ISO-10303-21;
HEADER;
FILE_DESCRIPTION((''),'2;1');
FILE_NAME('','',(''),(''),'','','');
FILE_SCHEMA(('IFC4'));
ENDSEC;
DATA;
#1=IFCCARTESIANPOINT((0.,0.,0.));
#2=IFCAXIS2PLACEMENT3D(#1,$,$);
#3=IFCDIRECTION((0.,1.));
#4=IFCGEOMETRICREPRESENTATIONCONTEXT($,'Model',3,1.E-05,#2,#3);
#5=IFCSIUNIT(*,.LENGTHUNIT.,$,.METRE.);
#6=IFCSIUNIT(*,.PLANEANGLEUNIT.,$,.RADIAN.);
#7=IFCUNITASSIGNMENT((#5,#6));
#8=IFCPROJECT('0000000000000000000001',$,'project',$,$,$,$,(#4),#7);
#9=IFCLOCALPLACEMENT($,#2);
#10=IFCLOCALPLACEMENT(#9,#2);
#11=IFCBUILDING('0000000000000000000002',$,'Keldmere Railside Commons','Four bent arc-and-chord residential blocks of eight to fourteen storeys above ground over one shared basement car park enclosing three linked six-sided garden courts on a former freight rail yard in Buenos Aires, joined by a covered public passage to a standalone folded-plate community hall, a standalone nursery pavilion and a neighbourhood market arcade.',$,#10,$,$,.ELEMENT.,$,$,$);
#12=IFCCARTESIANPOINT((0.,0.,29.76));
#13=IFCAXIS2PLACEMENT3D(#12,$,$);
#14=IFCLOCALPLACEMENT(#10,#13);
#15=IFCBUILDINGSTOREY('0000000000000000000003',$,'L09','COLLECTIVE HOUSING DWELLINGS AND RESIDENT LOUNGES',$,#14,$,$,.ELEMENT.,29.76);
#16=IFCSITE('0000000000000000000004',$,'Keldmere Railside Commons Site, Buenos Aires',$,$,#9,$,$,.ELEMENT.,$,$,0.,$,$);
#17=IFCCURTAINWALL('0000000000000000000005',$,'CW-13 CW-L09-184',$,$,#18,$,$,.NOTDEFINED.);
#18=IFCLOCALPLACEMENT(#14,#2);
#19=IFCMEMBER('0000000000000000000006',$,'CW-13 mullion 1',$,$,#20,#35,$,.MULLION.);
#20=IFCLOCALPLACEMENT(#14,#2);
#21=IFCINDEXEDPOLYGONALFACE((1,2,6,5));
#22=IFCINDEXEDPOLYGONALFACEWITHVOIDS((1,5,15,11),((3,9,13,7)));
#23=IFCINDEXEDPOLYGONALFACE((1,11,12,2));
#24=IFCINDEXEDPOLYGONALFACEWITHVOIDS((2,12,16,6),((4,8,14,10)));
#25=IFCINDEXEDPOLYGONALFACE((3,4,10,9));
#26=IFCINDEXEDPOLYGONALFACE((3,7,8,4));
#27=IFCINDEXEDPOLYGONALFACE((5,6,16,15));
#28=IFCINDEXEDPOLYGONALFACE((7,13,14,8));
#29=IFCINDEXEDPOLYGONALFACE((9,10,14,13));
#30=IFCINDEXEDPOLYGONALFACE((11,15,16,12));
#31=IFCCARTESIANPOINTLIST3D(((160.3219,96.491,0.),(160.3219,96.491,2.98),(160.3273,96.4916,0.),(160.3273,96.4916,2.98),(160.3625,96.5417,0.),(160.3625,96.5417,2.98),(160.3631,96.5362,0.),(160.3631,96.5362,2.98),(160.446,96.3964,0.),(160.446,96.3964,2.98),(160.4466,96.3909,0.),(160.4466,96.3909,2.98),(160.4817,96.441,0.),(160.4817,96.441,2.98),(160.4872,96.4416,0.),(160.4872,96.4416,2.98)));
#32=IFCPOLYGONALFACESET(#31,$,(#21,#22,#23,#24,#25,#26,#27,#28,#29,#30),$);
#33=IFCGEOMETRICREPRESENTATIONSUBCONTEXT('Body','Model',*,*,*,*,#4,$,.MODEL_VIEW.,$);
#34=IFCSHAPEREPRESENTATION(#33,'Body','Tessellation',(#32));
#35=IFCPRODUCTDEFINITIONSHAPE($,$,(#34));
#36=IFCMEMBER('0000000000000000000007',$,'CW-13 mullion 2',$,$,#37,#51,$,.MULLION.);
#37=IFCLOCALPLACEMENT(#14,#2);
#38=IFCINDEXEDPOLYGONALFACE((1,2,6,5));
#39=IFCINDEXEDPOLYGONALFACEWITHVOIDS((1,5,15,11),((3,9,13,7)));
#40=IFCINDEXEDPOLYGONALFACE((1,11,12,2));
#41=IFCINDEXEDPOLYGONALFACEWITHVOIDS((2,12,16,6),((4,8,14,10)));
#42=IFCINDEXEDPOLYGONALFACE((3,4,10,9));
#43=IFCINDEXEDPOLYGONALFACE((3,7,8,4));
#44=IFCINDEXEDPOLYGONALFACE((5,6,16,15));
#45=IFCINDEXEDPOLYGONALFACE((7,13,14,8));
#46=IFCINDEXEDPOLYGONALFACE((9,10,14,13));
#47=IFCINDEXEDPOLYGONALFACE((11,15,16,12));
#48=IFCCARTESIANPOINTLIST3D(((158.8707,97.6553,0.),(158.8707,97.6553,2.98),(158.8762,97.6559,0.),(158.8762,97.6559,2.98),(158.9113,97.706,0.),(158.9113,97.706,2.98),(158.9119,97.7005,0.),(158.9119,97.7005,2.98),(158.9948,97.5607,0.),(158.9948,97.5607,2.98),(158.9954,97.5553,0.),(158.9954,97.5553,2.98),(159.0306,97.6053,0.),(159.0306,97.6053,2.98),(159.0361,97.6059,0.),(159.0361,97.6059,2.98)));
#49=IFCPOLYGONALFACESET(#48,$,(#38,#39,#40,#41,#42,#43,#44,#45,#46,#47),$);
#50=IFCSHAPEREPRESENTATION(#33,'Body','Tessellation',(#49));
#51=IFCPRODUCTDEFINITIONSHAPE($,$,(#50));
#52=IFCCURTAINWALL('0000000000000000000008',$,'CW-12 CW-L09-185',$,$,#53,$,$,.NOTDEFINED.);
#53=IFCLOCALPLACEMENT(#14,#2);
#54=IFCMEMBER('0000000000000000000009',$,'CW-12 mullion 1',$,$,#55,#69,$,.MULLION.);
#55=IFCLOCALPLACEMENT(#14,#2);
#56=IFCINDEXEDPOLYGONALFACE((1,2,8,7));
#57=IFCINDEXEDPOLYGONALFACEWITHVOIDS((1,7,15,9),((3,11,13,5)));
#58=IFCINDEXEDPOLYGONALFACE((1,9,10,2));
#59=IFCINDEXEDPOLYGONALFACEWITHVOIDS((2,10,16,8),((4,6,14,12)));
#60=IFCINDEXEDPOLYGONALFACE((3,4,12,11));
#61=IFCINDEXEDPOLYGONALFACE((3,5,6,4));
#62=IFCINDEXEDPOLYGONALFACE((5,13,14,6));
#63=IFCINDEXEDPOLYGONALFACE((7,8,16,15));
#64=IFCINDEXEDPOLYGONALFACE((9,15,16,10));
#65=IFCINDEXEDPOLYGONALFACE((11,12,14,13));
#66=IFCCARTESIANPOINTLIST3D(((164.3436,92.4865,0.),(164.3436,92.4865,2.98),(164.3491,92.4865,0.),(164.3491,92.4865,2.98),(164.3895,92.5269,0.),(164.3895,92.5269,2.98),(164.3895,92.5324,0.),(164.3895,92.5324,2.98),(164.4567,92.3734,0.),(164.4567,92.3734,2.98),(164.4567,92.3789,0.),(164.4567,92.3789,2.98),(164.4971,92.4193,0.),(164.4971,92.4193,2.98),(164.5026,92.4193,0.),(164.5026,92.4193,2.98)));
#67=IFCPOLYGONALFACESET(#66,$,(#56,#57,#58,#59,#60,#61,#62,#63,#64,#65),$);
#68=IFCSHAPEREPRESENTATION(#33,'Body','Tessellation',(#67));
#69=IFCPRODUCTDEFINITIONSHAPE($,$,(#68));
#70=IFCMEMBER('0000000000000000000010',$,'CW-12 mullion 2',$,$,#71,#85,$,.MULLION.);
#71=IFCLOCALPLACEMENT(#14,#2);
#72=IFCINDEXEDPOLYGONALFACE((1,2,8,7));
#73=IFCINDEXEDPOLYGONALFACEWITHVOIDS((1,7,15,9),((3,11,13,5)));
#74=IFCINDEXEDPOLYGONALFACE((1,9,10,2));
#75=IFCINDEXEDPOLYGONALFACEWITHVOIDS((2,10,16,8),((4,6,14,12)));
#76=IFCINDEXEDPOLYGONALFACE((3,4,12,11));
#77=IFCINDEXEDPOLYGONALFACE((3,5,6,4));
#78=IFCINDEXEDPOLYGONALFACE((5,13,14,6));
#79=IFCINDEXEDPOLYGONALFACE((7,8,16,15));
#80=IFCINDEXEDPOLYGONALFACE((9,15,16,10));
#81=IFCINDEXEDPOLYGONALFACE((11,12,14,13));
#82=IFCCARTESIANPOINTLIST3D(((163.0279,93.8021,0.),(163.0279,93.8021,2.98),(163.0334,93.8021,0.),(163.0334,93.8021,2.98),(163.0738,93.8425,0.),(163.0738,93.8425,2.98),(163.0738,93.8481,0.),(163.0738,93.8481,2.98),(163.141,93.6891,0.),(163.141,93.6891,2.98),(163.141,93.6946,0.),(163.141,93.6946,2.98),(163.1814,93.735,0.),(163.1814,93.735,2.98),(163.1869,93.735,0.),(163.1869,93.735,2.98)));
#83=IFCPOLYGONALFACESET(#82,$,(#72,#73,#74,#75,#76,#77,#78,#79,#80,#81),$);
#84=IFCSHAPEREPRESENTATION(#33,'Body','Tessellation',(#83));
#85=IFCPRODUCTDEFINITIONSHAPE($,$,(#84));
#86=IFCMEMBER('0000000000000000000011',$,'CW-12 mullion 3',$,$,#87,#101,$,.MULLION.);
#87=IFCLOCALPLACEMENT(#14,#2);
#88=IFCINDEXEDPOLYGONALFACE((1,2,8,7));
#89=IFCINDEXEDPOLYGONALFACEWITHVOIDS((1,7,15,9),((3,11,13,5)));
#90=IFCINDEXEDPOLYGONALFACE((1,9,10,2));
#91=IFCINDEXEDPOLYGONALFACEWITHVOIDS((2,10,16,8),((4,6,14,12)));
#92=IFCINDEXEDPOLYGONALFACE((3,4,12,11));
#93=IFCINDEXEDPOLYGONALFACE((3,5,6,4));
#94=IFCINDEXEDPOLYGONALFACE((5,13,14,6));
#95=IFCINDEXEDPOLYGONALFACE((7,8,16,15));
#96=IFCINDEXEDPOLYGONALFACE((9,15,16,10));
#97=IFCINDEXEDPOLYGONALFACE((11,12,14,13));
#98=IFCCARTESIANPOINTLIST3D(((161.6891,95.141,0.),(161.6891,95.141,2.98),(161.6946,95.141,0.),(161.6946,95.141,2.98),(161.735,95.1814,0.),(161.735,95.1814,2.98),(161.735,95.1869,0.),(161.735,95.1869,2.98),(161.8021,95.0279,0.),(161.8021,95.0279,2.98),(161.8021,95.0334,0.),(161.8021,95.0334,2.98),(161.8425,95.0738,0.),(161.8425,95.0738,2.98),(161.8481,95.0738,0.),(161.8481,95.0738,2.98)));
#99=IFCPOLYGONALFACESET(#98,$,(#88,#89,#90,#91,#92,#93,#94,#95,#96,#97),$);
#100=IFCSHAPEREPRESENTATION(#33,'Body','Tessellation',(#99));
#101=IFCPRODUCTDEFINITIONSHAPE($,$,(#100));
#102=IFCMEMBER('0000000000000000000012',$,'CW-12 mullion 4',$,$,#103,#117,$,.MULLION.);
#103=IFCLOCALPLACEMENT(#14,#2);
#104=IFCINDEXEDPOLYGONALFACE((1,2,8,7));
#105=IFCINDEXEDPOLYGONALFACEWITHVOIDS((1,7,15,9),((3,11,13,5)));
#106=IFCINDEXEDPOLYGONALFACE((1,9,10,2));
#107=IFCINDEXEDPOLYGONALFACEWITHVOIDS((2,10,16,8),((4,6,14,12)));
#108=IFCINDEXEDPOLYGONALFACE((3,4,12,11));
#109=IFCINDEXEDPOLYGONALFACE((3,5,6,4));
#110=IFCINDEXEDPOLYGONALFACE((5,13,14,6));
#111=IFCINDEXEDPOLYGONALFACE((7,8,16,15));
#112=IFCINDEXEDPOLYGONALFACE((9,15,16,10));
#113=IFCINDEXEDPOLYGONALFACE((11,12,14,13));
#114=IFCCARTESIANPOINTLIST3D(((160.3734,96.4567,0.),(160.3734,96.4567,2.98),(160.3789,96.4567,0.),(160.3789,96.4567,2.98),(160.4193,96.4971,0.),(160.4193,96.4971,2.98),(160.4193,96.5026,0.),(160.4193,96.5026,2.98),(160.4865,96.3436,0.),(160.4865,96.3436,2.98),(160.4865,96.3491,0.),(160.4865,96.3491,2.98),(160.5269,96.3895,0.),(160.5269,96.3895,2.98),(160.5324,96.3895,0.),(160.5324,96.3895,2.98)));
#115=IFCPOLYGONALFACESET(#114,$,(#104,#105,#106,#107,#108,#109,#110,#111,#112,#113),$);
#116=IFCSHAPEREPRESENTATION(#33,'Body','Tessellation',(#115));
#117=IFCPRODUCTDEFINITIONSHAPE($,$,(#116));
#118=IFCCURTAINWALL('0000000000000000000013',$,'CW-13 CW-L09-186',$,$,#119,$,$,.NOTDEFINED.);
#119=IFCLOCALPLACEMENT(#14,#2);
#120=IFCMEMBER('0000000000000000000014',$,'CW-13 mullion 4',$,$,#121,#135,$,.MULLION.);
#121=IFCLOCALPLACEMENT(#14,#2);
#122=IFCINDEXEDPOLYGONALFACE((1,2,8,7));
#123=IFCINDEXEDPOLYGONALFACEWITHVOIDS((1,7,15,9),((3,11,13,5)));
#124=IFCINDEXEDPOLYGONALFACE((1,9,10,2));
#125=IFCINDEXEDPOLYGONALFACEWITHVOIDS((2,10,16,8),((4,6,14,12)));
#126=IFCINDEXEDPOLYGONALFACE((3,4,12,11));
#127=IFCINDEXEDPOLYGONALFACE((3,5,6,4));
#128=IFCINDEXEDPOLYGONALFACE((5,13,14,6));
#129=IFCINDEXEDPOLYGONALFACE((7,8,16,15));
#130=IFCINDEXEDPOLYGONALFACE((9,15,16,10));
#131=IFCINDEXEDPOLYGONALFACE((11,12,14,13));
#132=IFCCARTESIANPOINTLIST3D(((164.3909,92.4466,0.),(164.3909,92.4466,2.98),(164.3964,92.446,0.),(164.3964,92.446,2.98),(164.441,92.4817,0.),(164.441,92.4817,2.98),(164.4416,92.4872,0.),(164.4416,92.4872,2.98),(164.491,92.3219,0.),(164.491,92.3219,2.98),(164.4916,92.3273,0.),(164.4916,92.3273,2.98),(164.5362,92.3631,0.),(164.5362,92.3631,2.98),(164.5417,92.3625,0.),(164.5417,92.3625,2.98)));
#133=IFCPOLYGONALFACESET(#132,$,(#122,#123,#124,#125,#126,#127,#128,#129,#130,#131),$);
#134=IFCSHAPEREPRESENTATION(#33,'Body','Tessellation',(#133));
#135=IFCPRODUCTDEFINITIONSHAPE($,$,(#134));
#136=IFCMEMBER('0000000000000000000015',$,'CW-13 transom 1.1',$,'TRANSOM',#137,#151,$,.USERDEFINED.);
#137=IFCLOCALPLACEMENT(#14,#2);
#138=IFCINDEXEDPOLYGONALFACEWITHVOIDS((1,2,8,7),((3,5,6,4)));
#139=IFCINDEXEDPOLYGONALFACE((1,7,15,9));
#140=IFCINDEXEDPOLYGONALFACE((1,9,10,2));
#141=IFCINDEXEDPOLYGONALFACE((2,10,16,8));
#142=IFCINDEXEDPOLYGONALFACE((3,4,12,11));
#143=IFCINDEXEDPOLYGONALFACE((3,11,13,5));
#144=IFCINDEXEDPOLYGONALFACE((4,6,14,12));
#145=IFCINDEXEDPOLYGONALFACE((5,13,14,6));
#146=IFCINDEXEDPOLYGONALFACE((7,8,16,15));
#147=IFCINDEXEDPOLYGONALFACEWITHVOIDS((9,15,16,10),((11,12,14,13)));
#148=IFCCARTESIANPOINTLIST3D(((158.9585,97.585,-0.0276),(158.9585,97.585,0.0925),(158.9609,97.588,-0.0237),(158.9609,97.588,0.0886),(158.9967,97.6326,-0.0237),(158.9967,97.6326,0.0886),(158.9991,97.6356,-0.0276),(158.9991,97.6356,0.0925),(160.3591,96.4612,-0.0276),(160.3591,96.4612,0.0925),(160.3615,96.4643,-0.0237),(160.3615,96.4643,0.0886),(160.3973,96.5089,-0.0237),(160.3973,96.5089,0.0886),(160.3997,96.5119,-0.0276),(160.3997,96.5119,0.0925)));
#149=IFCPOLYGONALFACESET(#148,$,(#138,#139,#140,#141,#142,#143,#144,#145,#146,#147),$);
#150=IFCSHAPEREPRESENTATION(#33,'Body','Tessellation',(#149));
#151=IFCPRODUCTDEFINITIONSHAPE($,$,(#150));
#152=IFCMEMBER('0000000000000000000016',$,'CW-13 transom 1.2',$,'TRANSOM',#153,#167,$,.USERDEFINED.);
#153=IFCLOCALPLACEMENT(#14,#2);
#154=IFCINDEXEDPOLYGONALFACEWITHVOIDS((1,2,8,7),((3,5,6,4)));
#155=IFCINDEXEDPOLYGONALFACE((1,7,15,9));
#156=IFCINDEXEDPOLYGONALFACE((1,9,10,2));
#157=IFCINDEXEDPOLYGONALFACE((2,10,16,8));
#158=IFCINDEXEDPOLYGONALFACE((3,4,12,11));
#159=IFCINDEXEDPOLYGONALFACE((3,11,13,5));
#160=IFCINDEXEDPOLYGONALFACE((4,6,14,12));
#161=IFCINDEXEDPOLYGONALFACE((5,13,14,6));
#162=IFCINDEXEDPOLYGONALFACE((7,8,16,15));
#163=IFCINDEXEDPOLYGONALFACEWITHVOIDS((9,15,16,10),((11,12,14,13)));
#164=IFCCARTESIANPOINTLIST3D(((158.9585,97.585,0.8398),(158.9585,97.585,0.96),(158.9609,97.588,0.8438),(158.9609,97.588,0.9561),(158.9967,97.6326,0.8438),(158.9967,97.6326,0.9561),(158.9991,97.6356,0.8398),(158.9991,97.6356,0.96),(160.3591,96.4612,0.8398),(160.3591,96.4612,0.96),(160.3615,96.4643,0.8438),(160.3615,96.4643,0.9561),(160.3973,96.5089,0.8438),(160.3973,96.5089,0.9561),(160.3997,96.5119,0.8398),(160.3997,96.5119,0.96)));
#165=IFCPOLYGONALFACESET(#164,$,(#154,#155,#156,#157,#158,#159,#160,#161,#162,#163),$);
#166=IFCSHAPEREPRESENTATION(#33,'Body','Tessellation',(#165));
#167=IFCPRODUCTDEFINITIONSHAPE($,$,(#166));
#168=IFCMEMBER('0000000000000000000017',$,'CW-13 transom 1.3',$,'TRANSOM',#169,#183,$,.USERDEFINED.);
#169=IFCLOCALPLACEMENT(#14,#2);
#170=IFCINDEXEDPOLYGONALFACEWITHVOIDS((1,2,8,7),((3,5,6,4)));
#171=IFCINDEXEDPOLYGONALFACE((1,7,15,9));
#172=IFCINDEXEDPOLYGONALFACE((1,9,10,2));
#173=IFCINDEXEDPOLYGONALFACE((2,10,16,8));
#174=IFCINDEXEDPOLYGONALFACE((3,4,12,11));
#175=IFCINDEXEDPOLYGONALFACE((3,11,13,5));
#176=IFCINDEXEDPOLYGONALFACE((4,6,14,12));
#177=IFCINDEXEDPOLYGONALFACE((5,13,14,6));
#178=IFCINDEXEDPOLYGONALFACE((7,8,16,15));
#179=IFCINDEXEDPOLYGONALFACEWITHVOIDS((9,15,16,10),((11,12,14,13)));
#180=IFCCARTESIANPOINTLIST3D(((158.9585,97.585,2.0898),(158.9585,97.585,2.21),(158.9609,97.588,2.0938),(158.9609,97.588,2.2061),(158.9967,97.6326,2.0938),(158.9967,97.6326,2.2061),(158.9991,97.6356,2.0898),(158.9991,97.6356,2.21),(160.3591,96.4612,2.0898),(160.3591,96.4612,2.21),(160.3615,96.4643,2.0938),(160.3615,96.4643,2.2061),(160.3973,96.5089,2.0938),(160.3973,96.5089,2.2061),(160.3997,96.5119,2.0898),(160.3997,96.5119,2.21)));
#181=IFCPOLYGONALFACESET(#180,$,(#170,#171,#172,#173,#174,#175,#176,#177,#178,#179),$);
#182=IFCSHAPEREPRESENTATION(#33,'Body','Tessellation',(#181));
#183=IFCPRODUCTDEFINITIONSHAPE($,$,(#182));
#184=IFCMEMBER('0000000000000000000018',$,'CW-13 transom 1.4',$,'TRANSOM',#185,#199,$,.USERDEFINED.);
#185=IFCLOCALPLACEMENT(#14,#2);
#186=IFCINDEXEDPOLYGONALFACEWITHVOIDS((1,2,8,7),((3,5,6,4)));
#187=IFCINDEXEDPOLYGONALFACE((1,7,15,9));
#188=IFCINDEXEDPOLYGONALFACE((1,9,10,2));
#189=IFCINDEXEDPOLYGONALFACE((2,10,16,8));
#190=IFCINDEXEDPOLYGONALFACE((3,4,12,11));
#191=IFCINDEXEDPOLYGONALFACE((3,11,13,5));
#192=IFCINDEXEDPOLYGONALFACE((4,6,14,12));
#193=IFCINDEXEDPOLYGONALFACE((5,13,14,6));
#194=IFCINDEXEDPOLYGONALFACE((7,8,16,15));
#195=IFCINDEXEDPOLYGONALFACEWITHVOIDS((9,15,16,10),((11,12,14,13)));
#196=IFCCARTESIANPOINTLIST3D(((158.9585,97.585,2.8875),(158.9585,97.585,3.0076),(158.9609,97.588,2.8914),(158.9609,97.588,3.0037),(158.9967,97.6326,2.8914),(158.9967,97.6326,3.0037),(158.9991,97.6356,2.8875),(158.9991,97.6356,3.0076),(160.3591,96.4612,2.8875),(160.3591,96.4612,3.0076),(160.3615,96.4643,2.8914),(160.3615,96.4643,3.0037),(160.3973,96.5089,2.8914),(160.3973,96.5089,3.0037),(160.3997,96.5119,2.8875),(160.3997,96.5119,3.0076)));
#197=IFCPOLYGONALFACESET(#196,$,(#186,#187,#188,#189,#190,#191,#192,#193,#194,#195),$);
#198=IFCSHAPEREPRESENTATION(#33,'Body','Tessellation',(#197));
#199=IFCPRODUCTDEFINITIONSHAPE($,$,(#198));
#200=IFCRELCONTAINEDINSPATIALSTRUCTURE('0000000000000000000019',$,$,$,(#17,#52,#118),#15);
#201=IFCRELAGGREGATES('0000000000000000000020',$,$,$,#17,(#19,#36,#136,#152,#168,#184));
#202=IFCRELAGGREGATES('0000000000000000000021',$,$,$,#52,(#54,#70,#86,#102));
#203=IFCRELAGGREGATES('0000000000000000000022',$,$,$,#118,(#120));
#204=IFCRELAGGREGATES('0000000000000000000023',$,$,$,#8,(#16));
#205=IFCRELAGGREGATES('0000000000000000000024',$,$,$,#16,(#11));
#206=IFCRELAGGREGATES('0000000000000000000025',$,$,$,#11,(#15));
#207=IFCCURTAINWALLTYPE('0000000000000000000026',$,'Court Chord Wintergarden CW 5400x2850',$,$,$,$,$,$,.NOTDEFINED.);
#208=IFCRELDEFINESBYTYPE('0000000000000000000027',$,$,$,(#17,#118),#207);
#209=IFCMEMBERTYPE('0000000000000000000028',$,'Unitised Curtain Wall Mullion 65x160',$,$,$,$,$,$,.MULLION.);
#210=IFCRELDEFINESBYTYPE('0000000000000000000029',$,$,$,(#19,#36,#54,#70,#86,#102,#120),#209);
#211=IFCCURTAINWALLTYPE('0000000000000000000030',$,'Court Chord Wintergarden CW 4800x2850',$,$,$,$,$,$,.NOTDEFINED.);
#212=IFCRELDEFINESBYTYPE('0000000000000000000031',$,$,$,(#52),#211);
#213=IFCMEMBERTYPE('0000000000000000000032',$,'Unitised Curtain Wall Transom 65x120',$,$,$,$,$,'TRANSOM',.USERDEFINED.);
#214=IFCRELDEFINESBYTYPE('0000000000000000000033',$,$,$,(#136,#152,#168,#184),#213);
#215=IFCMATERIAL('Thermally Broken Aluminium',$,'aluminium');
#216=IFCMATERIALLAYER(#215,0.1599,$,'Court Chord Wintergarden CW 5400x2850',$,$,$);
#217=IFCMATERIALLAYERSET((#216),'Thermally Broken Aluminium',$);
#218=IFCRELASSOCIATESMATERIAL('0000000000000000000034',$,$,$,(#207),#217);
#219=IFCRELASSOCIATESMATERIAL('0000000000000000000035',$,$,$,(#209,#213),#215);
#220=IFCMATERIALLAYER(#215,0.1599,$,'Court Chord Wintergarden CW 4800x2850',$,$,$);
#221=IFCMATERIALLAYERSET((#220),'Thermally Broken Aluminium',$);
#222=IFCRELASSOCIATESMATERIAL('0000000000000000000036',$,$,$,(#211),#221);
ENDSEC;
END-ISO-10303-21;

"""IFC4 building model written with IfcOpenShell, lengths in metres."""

from ifc_helpers import new_model, si_unit, direction, frame, origin, origin_2d, place, context, subcontext, project, spatial, hollow_rectangle, extrude, material, layer, layer_set, material_profile, profile_set, type_object, element, aggregate, save


model = new_model("IFC4")

# Units and contexts
model_context = context("Model", 3, precision=1e-05, world=origin(), true_north=direction((0.0, 1.0)))
body_context = subcontext(model_context, "Body", "Model", "MODEL_VIEW")
ifc_project = project(units=[si_unit("LENGTHUNIT", "METRE"), si_unit("PLANEANGLEUNIT", "RADIAN")], contexts=[model_context])

# Site, building, storey
site_placement = place(None, origin())
site = spatial("IfcSite", under=ifc_project, at=site_placement, Name="Keldmere Railside Commons Site, Buenos Aires", CompositionType="ELEMENT", RefElevation=0.0)
building_placement = place(site_placement, origin())
building = spatial("IfcBuilding", under=site, at=building_placement, Name="Keldmere Railside Commons", Description="Four bent arc-and-chord residential blocks of eight to fourteen storeys above ground over one shared basement car park enclosing three linked six-sided garden courts on a former freight rail yard in Buenos Aires, joined by a covered public passage to a standalone folded-plate community hall, a standalone nursery pavilion and a neighbourhood market arcade.", CompositionType="ELEMENT")
storey_placement = place(building_placement, frame((0.0, 0.0, 29.76)))
storey = spatial("IfcBuildingStorey", under=building, at=storey_placement, Name="L09", Description="COLLECTIVE HOUSING DWELLINGS AND RESIDENT LOUNGES", CompositionType="ELEMENT", Elevation=29.76)

# Curtain walls, members
ifc_material_1 = material(Name="Thermally Broken Aluminium", Category="aluminium")
ifc_layer_1 = layer(ifc_material_1, 0.1599, Name="Court Chord Wintergarden CW 5400x2850")
ifc_layer_set_1 = layer_set([ifc_layer_1], Name="Thermally Broken Aluminium")
curtain_wall_type_1 = type_object("IfcCurtainWallType", Name="Court Chord Wintergarden CW 5400x2850", PredefinedType="NOTDEFINED", material=ifc_layer_set_1)
curtain_wall_1_placement = place(storey_placement, origin())
curtain_wall_1 = element("IfcCurtainWall", 1, at=curtain_wall_1_placement, inside=storey, type_object=curtain_wall_type_1, Name="CW-13 CW-L09-184", PredefinedType="NOTDEFINED")
ifc_material_profile_1 = material_profile(ifc_material_1, hollow_rectangle(XDim=0.0649, YDim=0.1599, WallThickness=0.0039, at=origin_2d()), Name="ALU-MULL-65x160")
ifc_profile_set_1 = profile_set([ifc_material_profile_1], Name="Thermally Broken Aluminium")
member_type_1 = type_object("IfcMemberType", Name="Unitised Curtain Wall Mullion 65x160", PredefinedType="MULLION", material=ifc_profile_set_1)
member_1_placement = place(storey_placement, frame((160.4045, 96.4663, 0.0), z_axis=(0.0, 0.0, 1.0), x_axis=(-0.625768, -0.780009, 0.0)))
member_1 = element("IfcMember", 2, at=member_1_placement, type_object=member_type_1, Name="CW-13 mullion 1", PredefinedType="MULLION", context=body_context, shape_type="SweptSolid", body=[
    extrude(hollow_rectangle(XDim=0.0649, YDim=0.1599, WallThickness=0.0039, at=origin_2d()), origin(), (0.0, 0.0, 1.0), 2.98),
])
member_2_placement = place(storey_placement, frame((158.9534, 97.6306, 0.0), z_axis=(0.0, 0.0, 1.0), x_axis=(-0.625768, -0.780009, 0.0)))
member_2 = element("IfcMember", 3, at=member_2_placement, type_object=member_type_1, Name="CW-13 mullion 2", PredefinedType="MULLION", context=body_context, shape_type="SweptSolid", body=[
    extrude(hollow_rectangle(XDim=0.0649, YDim=0.1599, WallThickness=0.0039, at=origin_2d()), origin(), (0.0, 0.0, 1.0), 2.98),
])
ifc_layer_2 = layer(ifc_material_1, 0.1599, Name="Court Chord Wintergarden CW 4800x2850")
ifc_layer_set_2 = layer_set([ifc_layer_2], Name="Thermally Broken Aluminium")
curtain_wall_type_2 = type_object("IfcCurtainWallType", Name="Court Chord Wintergarden CW 4800x2850", PredefinedType="NOTDEFINED", material=ifc_layer_set_2)
curtain_wall_2_placement = place(storey_placement, origin())
curtain_wall_2 = element("IfcCurtainWall", 4, at=curtain_wall_2_placement, inside=storey, type_object=curtain_wall_type_2, Name="CW-12 CW-L09-185", PredefinedType="NOTDEFINED")
member_3_placement = place(storey_placement, frame((164.4231, 92.4529, 0.0), z_axis=(0.0, 0.0, 1.0), x_axis=(-0.707107, -0.707107, 0.0)))
member_3 = element("IfcMember", 5, at=member_3_placement, type_object=member_type_1, Name="CW-12 mullion 1", PredefinedType="MULLION", context=body_context, shape_type="SweptSolid", body=[
    extrude(hollow_rectangle(XDim=0.0649, YDim=0.1599, WallThickness=0.0039, at=origin_2d()), origin(), (0.0, 0.0, 1.0), 2.98),
])
member_4_placement = place(storey_placement, frame((163.1074, 93.7686, 0.0), z_axis=(0.0, 0.0, 1.0), x_axis=(-0.707107, -0.707107, 0.0)))
member_4 = element("IfcMember", 6, at=member_4_placement, type_object=member_type_1, Name="CW-12 mullion 2", PredefinedType="MULLION", context=body_context, shape_type="SweptSolid", body=[
    extrude(hollow_rectangle(XDim=0.0649, YDim=0.1599, WallThickness=0.0039, at=origin_2d()), origin(), (0.0, 0.0, 1.0), 2.98),
])
member_5_placement = place(storey_placement, frame((161.7686, 95.1074, 0.0), z_axis=(0.0, 0.0, 1.0), x_axis=(-0.707107, -0.707107, 0.0)))
member_5 = element("IfcMember", 7, at=member_5_placement, type_object=member_type_1, Name="CW-12 mullion 3", PredefinedType="MULLION", context=body_context, shape_type="SweptSolid", body=[
    extrude(hollow_rectangle(XDim=0.0649, YDim=0.1599, WallThickness=0.0039, at=origin_2d()), origin(), (0.0, 0.0, 1.0), 2.98),
])
member_6_placement = place(storey_placement, frame((160.4529, 96.4231, 0.0), z_axis=(0.0, 0.0, 1.0), x_axis=(-0.707107, -0.707107, 0.0)))
member_6 = element("IfcMember", 8, at=member_6_placement, type_object=member_type_1, Name="CW-12 mullion 4", PredefinedType="MULLION", context=body_context, shape_type="SweptSolid", body=[
    extrude(hollow_rectangle(XDim=0.0649, YDim=0.1599, WallThickness=0.0039, at=origin_2d()), origin(), (0.0, 0.0, 1.0), 2.98),
])

# Curtain wall, member
curtain_wall_3_placement = place(storey_placement, origin())
curtain_wall_3 = element("IfcCurtainWall", 9, at=curtain_wall_3_placement, inside=storey, type_object=curtain_wall_type_1, Name="CW-13 CW-L09-186", PredefinedType="NOTDEFINED")
member_7_placement = place(storey_placement, frame((164.4663, 92.4045, 0.0), z_axis=(0.0, 0.0, 1.0), x_axis=(-0.780009, -0.625768, 0.0)))
member_7 = element("IfcMember", 10, at=member_7_placement, type_object=member_type_1, Name="CW-13 mullion 4", PredefinedType="MULLION", context=body_context, shape_type="SweptSolid", body=[
    extrude(hollow_rectangle(XDim=0.0649, YDim=0.1599, WallThickness=0.0039, at=origin_2d()), origin(), (0.0, 0.0, 1.0), 2.98),
])

# Members
ifc_material_profile_2 = material_profile(ifc_material_1, hollow_rectangle(XDim=0.0649, YDim=0.1201, WallThickness=0.0039, at=origin_2d()), Name="ALU-TRAN-65x120")
ifc_profile_set_2 = profile_set([ifc_material_profile_2], Name="Thermally Broken Aluminium")
member_type_2 = type_object("IfcMemberType", Name="Unitised Curtain Wall Transom 65x120", ElementType="TRANSOM", PredefinedType="USERDEFINED", material=ifc_profile_set_2)
member_8_placement = place(storey_placement, frame((160.3794, 96.4866, 0.0325), z_axis=(-0.779979, 0.625805, 0.0), x_axis=(-0.625805, -0.779979, 0.0)))
member_8 = element("IfcMember", 11, at=member_8_placement, type_object=member_type_2, Name="CW-13 transom 1.1", ObjectType="TRANSOM", PredefinedType="USERDEFINED", context=body_context, shape_type="SweptSolid", body=[
    extrude(hollow_rectangle(XDim=0.0649, YDim=0.1201, WallThickness=0.0039, at=origin_2d()), origin(), (0.0, 0.0, 1.0), 1.7957),
])
member_9_placement = place(storey_placement, frame((160.3794, 96.4866, 0.8999), z_axis=(-0.779979, 0.625805, 0.0), x_axis=(-0.625805, -0.779979, 0.0)))
member_9 = element("IfcMember", 12, at=member_9_placement, type_object=member_type_2, Name="CW-13 transom 1.2", ObjectType="TRANSOM", PredefinedType="USERDEFINED", context=body_context, shape_type="SweptSolid", body=[
    extrude(hollow_rectangle(XDim=0.0649, YDim=0.1201, WallThickness=0.0039, at=origin_2d()), origin(), (0.0, 0.0, 1.0), 1.7957),
])
member_10_placement = place(storey_placement, frame((160.3794, 96.4866, 2.1499), z_axis=(-0.779979, 0.625805, 0.0), x_axis=(-0.625805, -0.779979, 0.0)))
member_10 = element("IfcMember", 13, at=member_10_placement, type_object=member_type_2, Name="CW-13 transom 1.3", ObjectType="TRANSOM", PredefinedType="USERDEFINED", context=body_context, shape_type="SweptSolid", body=[
    extrude(hollow_rectangle(XDim=0.0649, YDim=0.1201, WallThickness=0.0039, at=origin_2d()), origin(), (0.0, 0.0, 1.0), 1.7957),
])
member_11_placement = place(storey_placement, frame((160.3794, 96.4866, 2.9475), z_axis=(-0.779979, 0.625805, 0.0), x_axis=(-0.625805, -0.779979, 0.0)))
member_11 = element("IfcMember", 14, at=member_11_placement, type_object=member_type_2, Name="CW-13 transom 1.4", ObjectType="TRANSOM", PredefinedType="USERDEFINED", context=body_context, shape_type="SweptSolid", body=[
    extrude(hollow_rectangle(XDim=0.0649, YDim=0.1201, WallThickness=0.0039, at=origin_2d()), origin(), (0.0, 0.0, 1.0), 1.7957),
])

aggregate(curtain_wall_1, [member_1, member_2, member_8, member_9, member_10, member_11])
aggregate(curtain_wall_2, [member_3, member_4, member_5, member_6])
aggregate(curtain_wall_3, [member_7])

save(model, "model.ifc")
